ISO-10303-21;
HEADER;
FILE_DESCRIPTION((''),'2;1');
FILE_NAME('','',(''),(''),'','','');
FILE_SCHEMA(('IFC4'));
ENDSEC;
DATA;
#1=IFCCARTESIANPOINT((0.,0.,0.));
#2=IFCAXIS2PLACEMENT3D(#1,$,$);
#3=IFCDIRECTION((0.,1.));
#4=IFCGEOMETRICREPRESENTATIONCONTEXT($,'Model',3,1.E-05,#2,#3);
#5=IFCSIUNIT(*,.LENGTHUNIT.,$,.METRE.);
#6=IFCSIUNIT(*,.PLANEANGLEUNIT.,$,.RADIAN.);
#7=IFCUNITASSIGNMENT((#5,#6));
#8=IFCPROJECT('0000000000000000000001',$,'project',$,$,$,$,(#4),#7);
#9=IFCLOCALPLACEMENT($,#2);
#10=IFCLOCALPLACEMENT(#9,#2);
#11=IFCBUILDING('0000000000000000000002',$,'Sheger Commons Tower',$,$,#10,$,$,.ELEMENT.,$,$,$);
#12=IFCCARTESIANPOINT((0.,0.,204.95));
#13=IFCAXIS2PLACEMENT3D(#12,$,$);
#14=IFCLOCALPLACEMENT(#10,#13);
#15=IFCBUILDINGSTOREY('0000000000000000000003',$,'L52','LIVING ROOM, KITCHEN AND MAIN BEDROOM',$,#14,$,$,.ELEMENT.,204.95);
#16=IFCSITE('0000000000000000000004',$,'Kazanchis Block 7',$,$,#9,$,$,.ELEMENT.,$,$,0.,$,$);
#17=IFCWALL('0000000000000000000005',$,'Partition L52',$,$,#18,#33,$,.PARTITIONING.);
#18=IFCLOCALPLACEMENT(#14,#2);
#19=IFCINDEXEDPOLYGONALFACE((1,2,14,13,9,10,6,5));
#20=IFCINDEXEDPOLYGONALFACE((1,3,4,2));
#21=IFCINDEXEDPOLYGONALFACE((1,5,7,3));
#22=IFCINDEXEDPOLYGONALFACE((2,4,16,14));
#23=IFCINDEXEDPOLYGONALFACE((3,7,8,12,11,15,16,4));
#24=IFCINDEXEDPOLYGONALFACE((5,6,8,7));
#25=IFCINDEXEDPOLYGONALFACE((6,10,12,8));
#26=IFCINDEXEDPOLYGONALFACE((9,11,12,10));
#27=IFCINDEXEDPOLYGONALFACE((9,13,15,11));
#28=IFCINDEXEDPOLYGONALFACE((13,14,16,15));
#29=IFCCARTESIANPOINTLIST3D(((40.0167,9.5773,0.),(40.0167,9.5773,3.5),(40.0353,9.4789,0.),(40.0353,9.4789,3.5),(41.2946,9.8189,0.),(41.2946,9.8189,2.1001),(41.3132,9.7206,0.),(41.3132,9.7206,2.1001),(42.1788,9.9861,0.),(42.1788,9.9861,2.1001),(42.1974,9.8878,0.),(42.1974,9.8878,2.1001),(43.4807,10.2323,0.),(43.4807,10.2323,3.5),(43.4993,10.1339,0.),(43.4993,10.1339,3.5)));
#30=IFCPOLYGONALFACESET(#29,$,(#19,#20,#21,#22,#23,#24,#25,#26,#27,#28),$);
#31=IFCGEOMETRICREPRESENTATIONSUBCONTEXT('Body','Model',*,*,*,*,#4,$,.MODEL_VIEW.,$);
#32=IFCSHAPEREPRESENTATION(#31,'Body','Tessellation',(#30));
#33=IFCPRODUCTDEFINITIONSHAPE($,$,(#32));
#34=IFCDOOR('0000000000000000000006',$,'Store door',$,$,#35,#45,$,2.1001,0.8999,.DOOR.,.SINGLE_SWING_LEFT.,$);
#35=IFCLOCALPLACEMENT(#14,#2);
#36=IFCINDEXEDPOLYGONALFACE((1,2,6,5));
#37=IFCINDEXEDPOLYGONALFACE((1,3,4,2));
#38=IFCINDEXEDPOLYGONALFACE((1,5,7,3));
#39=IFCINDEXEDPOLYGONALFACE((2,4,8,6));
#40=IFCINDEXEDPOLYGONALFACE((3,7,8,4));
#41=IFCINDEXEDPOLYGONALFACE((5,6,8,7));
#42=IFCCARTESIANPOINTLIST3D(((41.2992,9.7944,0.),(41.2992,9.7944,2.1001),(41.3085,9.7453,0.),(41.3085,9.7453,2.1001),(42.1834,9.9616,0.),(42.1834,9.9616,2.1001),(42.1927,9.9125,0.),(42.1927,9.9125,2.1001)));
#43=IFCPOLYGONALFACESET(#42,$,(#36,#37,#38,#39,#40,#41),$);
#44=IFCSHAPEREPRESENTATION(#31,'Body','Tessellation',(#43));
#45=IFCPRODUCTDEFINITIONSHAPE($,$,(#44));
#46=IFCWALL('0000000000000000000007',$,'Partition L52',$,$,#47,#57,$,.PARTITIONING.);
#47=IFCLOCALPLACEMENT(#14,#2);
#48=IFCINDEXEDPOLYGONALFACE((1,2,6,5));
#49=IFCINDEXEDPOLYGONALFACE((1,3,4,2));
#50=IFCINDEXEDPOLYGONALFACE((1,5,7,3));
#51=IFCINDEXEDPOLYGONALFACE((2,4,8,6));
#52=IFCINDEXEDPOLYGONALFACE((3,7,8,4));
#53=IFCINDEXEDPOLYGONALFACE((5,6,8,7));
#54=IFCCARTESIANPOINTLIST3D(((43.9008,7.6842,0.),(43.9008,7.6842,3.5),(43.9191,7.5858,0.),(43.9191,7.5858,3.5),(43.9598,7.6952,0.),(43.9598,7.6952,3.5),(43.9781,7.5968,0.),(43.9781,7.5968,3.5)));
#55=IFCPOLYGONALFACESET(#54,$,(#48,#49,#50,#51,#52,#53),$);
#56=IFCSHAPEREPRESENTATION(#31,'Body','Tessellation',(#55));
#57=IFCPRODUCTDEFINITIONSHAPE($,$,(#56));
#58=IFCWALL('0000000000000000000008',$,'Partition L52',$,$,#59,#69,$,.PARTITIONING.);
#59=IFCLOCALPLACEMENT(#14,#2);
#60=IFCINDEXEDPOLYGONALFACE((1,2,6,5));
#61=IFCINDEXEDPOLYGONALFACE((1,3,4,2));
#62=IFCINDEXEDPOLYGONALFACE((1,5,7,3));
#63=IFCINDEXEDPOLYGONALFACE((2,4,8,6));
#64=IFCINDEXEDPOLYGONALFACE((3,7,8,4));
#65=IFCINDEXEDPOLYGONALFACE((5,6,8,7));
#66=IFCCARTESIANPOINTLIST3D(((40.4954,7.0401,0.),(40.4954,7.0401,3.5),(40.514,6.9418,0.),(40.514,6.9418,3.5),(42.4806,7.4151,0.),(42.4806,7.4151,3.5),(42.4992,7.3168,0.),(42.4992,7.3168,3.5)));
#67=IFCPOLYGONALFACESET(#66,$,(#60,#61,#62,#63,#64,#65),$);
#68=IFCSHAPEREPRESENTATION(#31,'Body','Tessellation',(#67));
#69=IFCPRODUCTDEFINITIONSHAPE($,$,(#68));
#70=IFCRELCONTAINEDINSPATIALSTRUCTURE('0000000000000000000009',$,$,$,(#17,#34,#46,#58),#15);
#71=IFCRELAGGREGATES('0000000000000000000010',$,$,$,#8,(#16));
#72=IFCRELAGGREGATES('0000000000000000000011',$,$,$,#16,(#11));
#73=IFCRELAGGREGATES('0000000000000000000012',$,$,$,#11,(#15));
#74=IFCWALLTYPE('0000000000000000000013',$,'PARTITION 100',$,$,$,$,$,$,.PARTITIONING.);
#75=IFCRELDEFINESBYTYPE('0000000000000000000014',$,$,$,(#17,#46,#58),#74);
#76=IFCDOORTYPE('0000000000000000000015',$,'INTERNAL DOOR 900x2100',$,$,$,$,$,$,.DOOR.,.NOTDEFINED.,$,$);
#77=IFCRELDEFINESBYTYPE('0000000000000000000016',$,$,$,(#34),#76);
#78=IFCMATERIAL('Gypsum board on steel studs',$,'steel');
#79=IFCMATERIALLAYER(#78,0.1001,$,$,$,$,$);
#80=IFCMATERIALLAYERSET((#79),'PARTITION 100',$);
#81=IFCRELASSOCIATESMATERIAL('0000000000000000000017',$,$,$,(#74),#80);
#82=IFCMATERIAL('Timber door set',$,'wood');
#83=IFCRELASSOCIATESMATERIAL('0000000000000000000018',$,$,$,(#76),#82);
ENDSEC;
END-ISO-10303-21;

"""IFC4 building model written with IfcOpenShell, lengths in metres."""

from ifc_helpers import new_model, si_unit, direction, frame, frame_2d, origin, place, context, subcontext, project, spatial, rectangle, extrude, material, layer, layer_set, type_object, element, fill, save


model = new_model("IFC4")

# Units and contexts
model_context = context("Model", 3, precision=1e-05, world=origin(), true_north=direction((0.0, 1.0)))
body_context = subcontext(model_context, "Body", "Model", "MODEL_VIEW")
ifc_project = project(units=[si_unit("LENGTHUNIT", "METRE"), si_unit("PLANEANGLEUNIT", "RADIAN")], contexts=[model_context])

# Site, building, storey
site_placement = place(None, origin())
site = spatial("IfcSite", under=ifc_project, at=site_placement, Name="Kazanchis Block 7", CompositionType="ELEMENT", RefElevation=0.0)
building_placement = place(site_placement, origin())
building = spatial("IfcBuilding", under=site, at=building_placement, Name="Sheger Commons Tower", CompositionType="ELEMENT")
storey_placement = place(building_placement, frame((0.0, 0.0, 204.95)))
storey = spatial("IfcBuildingStorey", under=building, at=storey_placement, Name="L52", Description="LIVING ROOM, KITCHEN AND MAIN BEDROOM", CompositionType="ELEMENT", Elevation=204.95)

# Shared definitions
ifc_material_1 = material(Name="Gypsum board on steel studs", Category="steel")
ifc_layer_1 = layer(ifc_material_1, 0.1001)
ifc_layer_set_1 = layer_set([ifc_layer_1], Name="PARTITION 100")
wall_type_1 = type_object("IfcWallType", Name="PARTITION 100", PredefinedType="PARTITIONING", material=ifc_layer_set_1)

# Shared definitions
ifc_material_2 = material(Name="Timber door set", Category="wood")
door_type_1 = type_object("IfcDoorType", Name="INTERNAL DOOR 900x2100", OperationType="NOTDEFINED", PredefinedType="DOOR", material=ifc_material_2)

# Wall, opening, door
wall_1_placement = place(storey_placement, frame((43.49, 10.1831, 0.0), z_axis=(0.0, 0.0, 1.0), x_axis=(-0.982588, -0.185798, 0.0)))
wall_1 = element("IfcWall", 1, at=wall_1_placement, inside=storey, type_object=wall_type_1, Name="Partition L52", PredefinedType="PARTITIONING", context=body_context, shape_type="SweptSolid", body=[
    extrude(rectangle(XDim=3.5254, YDim=0.1001, at=frame_2d((1.7627, 0.0))), origin(), (0.0, 0.0, 1.0), 3.5),
])
opening_1_placement = place(wall_1_placement, frame((1.325, 0.0, 0.0)))
opening_1 = element("IfcOpeningElement", 2, at=opening_1_placement, cuts=wall_1, PredefinedType="OPENING", context=body_context, shape_type="SweptSolid", body=[
    extrude(rectangle(XDim=0.8999, YDim=2.1001, at=frame_2d((0.45, 1.05))), frame((0.0, 0.0601, 0.0), z_axis=(0.0, -1.0, 0.0), x_axis=(1.0, 0.0, 0.0)), (0.0, 0.0, 1.0), 0.1201),
])
door_1_placement = place(opening_1_placement, origin())
door_1 = element("IfcDoor", 3, at=door_1_placement, inside=storey, type_object=door_type_1, Name="Store door", OperationType="SINGLE_SWING_LEFT", OverallHeight=2.1001, OverallWidth=0.8999, PredefinedType="DOOR", context=body_context, shape_type="SweptSolid", body=[
    extrude(rectangle(XDim=0.8999, YDim=2.1001, at=frame_2d((0.45, 1.05))), frame((0.0, 0.0249, 0.0), z_axis=(0.0, -1.0, 0.0), x_axis=(1.0, 0.0, 0.0)), (0.0, 0.0, 1.0), 0.05),
])
fill(opening_1, door_1)

# Walls
wall_2_placement = place(storey_placement, frame((43.969, 7.646, 0.0), z_axis=(0.0, 0.0, 1.0), x_axis=(-0.983147, -0.182817, 0.0)))
element("IfcWall", 4, at=wall_2_placement, inside=storey, type_object=wall_type_1, Name="Partition L52", PredefinedType="PARTITIONING", context=body_context, shape_type="SweptSolid", body=[
    extrude(rectangle(XDim=0.0601, YDim=0.1001, at=frame_2d((0.03, 0.0))), origin(), (0.0, 0.0, 1.0), 3.5),
])
wall_3_placement = place(storey_placement, frame((42.49, 7.366, 0.0), z_axis=(0.0, 0.0, 1.0), x_axis=(-0.982621, -0.185624, 0.0)))
element("IfcWall", 5, at=wall_3_placement, inside=storey, type_object=wall_type_1, Name="Partition L52", PredefinedType="PARTITIONING", context=body_context, shape_type="SweptSolid", body=[
    extrude(rectangle(XDim=2.0203, YDim=0.1001, at=frame_2d((1.0103, 0.0))), origin(), (0.0, 0.0, 1.0), 3.5),
])

save(model, "model.ifc")
